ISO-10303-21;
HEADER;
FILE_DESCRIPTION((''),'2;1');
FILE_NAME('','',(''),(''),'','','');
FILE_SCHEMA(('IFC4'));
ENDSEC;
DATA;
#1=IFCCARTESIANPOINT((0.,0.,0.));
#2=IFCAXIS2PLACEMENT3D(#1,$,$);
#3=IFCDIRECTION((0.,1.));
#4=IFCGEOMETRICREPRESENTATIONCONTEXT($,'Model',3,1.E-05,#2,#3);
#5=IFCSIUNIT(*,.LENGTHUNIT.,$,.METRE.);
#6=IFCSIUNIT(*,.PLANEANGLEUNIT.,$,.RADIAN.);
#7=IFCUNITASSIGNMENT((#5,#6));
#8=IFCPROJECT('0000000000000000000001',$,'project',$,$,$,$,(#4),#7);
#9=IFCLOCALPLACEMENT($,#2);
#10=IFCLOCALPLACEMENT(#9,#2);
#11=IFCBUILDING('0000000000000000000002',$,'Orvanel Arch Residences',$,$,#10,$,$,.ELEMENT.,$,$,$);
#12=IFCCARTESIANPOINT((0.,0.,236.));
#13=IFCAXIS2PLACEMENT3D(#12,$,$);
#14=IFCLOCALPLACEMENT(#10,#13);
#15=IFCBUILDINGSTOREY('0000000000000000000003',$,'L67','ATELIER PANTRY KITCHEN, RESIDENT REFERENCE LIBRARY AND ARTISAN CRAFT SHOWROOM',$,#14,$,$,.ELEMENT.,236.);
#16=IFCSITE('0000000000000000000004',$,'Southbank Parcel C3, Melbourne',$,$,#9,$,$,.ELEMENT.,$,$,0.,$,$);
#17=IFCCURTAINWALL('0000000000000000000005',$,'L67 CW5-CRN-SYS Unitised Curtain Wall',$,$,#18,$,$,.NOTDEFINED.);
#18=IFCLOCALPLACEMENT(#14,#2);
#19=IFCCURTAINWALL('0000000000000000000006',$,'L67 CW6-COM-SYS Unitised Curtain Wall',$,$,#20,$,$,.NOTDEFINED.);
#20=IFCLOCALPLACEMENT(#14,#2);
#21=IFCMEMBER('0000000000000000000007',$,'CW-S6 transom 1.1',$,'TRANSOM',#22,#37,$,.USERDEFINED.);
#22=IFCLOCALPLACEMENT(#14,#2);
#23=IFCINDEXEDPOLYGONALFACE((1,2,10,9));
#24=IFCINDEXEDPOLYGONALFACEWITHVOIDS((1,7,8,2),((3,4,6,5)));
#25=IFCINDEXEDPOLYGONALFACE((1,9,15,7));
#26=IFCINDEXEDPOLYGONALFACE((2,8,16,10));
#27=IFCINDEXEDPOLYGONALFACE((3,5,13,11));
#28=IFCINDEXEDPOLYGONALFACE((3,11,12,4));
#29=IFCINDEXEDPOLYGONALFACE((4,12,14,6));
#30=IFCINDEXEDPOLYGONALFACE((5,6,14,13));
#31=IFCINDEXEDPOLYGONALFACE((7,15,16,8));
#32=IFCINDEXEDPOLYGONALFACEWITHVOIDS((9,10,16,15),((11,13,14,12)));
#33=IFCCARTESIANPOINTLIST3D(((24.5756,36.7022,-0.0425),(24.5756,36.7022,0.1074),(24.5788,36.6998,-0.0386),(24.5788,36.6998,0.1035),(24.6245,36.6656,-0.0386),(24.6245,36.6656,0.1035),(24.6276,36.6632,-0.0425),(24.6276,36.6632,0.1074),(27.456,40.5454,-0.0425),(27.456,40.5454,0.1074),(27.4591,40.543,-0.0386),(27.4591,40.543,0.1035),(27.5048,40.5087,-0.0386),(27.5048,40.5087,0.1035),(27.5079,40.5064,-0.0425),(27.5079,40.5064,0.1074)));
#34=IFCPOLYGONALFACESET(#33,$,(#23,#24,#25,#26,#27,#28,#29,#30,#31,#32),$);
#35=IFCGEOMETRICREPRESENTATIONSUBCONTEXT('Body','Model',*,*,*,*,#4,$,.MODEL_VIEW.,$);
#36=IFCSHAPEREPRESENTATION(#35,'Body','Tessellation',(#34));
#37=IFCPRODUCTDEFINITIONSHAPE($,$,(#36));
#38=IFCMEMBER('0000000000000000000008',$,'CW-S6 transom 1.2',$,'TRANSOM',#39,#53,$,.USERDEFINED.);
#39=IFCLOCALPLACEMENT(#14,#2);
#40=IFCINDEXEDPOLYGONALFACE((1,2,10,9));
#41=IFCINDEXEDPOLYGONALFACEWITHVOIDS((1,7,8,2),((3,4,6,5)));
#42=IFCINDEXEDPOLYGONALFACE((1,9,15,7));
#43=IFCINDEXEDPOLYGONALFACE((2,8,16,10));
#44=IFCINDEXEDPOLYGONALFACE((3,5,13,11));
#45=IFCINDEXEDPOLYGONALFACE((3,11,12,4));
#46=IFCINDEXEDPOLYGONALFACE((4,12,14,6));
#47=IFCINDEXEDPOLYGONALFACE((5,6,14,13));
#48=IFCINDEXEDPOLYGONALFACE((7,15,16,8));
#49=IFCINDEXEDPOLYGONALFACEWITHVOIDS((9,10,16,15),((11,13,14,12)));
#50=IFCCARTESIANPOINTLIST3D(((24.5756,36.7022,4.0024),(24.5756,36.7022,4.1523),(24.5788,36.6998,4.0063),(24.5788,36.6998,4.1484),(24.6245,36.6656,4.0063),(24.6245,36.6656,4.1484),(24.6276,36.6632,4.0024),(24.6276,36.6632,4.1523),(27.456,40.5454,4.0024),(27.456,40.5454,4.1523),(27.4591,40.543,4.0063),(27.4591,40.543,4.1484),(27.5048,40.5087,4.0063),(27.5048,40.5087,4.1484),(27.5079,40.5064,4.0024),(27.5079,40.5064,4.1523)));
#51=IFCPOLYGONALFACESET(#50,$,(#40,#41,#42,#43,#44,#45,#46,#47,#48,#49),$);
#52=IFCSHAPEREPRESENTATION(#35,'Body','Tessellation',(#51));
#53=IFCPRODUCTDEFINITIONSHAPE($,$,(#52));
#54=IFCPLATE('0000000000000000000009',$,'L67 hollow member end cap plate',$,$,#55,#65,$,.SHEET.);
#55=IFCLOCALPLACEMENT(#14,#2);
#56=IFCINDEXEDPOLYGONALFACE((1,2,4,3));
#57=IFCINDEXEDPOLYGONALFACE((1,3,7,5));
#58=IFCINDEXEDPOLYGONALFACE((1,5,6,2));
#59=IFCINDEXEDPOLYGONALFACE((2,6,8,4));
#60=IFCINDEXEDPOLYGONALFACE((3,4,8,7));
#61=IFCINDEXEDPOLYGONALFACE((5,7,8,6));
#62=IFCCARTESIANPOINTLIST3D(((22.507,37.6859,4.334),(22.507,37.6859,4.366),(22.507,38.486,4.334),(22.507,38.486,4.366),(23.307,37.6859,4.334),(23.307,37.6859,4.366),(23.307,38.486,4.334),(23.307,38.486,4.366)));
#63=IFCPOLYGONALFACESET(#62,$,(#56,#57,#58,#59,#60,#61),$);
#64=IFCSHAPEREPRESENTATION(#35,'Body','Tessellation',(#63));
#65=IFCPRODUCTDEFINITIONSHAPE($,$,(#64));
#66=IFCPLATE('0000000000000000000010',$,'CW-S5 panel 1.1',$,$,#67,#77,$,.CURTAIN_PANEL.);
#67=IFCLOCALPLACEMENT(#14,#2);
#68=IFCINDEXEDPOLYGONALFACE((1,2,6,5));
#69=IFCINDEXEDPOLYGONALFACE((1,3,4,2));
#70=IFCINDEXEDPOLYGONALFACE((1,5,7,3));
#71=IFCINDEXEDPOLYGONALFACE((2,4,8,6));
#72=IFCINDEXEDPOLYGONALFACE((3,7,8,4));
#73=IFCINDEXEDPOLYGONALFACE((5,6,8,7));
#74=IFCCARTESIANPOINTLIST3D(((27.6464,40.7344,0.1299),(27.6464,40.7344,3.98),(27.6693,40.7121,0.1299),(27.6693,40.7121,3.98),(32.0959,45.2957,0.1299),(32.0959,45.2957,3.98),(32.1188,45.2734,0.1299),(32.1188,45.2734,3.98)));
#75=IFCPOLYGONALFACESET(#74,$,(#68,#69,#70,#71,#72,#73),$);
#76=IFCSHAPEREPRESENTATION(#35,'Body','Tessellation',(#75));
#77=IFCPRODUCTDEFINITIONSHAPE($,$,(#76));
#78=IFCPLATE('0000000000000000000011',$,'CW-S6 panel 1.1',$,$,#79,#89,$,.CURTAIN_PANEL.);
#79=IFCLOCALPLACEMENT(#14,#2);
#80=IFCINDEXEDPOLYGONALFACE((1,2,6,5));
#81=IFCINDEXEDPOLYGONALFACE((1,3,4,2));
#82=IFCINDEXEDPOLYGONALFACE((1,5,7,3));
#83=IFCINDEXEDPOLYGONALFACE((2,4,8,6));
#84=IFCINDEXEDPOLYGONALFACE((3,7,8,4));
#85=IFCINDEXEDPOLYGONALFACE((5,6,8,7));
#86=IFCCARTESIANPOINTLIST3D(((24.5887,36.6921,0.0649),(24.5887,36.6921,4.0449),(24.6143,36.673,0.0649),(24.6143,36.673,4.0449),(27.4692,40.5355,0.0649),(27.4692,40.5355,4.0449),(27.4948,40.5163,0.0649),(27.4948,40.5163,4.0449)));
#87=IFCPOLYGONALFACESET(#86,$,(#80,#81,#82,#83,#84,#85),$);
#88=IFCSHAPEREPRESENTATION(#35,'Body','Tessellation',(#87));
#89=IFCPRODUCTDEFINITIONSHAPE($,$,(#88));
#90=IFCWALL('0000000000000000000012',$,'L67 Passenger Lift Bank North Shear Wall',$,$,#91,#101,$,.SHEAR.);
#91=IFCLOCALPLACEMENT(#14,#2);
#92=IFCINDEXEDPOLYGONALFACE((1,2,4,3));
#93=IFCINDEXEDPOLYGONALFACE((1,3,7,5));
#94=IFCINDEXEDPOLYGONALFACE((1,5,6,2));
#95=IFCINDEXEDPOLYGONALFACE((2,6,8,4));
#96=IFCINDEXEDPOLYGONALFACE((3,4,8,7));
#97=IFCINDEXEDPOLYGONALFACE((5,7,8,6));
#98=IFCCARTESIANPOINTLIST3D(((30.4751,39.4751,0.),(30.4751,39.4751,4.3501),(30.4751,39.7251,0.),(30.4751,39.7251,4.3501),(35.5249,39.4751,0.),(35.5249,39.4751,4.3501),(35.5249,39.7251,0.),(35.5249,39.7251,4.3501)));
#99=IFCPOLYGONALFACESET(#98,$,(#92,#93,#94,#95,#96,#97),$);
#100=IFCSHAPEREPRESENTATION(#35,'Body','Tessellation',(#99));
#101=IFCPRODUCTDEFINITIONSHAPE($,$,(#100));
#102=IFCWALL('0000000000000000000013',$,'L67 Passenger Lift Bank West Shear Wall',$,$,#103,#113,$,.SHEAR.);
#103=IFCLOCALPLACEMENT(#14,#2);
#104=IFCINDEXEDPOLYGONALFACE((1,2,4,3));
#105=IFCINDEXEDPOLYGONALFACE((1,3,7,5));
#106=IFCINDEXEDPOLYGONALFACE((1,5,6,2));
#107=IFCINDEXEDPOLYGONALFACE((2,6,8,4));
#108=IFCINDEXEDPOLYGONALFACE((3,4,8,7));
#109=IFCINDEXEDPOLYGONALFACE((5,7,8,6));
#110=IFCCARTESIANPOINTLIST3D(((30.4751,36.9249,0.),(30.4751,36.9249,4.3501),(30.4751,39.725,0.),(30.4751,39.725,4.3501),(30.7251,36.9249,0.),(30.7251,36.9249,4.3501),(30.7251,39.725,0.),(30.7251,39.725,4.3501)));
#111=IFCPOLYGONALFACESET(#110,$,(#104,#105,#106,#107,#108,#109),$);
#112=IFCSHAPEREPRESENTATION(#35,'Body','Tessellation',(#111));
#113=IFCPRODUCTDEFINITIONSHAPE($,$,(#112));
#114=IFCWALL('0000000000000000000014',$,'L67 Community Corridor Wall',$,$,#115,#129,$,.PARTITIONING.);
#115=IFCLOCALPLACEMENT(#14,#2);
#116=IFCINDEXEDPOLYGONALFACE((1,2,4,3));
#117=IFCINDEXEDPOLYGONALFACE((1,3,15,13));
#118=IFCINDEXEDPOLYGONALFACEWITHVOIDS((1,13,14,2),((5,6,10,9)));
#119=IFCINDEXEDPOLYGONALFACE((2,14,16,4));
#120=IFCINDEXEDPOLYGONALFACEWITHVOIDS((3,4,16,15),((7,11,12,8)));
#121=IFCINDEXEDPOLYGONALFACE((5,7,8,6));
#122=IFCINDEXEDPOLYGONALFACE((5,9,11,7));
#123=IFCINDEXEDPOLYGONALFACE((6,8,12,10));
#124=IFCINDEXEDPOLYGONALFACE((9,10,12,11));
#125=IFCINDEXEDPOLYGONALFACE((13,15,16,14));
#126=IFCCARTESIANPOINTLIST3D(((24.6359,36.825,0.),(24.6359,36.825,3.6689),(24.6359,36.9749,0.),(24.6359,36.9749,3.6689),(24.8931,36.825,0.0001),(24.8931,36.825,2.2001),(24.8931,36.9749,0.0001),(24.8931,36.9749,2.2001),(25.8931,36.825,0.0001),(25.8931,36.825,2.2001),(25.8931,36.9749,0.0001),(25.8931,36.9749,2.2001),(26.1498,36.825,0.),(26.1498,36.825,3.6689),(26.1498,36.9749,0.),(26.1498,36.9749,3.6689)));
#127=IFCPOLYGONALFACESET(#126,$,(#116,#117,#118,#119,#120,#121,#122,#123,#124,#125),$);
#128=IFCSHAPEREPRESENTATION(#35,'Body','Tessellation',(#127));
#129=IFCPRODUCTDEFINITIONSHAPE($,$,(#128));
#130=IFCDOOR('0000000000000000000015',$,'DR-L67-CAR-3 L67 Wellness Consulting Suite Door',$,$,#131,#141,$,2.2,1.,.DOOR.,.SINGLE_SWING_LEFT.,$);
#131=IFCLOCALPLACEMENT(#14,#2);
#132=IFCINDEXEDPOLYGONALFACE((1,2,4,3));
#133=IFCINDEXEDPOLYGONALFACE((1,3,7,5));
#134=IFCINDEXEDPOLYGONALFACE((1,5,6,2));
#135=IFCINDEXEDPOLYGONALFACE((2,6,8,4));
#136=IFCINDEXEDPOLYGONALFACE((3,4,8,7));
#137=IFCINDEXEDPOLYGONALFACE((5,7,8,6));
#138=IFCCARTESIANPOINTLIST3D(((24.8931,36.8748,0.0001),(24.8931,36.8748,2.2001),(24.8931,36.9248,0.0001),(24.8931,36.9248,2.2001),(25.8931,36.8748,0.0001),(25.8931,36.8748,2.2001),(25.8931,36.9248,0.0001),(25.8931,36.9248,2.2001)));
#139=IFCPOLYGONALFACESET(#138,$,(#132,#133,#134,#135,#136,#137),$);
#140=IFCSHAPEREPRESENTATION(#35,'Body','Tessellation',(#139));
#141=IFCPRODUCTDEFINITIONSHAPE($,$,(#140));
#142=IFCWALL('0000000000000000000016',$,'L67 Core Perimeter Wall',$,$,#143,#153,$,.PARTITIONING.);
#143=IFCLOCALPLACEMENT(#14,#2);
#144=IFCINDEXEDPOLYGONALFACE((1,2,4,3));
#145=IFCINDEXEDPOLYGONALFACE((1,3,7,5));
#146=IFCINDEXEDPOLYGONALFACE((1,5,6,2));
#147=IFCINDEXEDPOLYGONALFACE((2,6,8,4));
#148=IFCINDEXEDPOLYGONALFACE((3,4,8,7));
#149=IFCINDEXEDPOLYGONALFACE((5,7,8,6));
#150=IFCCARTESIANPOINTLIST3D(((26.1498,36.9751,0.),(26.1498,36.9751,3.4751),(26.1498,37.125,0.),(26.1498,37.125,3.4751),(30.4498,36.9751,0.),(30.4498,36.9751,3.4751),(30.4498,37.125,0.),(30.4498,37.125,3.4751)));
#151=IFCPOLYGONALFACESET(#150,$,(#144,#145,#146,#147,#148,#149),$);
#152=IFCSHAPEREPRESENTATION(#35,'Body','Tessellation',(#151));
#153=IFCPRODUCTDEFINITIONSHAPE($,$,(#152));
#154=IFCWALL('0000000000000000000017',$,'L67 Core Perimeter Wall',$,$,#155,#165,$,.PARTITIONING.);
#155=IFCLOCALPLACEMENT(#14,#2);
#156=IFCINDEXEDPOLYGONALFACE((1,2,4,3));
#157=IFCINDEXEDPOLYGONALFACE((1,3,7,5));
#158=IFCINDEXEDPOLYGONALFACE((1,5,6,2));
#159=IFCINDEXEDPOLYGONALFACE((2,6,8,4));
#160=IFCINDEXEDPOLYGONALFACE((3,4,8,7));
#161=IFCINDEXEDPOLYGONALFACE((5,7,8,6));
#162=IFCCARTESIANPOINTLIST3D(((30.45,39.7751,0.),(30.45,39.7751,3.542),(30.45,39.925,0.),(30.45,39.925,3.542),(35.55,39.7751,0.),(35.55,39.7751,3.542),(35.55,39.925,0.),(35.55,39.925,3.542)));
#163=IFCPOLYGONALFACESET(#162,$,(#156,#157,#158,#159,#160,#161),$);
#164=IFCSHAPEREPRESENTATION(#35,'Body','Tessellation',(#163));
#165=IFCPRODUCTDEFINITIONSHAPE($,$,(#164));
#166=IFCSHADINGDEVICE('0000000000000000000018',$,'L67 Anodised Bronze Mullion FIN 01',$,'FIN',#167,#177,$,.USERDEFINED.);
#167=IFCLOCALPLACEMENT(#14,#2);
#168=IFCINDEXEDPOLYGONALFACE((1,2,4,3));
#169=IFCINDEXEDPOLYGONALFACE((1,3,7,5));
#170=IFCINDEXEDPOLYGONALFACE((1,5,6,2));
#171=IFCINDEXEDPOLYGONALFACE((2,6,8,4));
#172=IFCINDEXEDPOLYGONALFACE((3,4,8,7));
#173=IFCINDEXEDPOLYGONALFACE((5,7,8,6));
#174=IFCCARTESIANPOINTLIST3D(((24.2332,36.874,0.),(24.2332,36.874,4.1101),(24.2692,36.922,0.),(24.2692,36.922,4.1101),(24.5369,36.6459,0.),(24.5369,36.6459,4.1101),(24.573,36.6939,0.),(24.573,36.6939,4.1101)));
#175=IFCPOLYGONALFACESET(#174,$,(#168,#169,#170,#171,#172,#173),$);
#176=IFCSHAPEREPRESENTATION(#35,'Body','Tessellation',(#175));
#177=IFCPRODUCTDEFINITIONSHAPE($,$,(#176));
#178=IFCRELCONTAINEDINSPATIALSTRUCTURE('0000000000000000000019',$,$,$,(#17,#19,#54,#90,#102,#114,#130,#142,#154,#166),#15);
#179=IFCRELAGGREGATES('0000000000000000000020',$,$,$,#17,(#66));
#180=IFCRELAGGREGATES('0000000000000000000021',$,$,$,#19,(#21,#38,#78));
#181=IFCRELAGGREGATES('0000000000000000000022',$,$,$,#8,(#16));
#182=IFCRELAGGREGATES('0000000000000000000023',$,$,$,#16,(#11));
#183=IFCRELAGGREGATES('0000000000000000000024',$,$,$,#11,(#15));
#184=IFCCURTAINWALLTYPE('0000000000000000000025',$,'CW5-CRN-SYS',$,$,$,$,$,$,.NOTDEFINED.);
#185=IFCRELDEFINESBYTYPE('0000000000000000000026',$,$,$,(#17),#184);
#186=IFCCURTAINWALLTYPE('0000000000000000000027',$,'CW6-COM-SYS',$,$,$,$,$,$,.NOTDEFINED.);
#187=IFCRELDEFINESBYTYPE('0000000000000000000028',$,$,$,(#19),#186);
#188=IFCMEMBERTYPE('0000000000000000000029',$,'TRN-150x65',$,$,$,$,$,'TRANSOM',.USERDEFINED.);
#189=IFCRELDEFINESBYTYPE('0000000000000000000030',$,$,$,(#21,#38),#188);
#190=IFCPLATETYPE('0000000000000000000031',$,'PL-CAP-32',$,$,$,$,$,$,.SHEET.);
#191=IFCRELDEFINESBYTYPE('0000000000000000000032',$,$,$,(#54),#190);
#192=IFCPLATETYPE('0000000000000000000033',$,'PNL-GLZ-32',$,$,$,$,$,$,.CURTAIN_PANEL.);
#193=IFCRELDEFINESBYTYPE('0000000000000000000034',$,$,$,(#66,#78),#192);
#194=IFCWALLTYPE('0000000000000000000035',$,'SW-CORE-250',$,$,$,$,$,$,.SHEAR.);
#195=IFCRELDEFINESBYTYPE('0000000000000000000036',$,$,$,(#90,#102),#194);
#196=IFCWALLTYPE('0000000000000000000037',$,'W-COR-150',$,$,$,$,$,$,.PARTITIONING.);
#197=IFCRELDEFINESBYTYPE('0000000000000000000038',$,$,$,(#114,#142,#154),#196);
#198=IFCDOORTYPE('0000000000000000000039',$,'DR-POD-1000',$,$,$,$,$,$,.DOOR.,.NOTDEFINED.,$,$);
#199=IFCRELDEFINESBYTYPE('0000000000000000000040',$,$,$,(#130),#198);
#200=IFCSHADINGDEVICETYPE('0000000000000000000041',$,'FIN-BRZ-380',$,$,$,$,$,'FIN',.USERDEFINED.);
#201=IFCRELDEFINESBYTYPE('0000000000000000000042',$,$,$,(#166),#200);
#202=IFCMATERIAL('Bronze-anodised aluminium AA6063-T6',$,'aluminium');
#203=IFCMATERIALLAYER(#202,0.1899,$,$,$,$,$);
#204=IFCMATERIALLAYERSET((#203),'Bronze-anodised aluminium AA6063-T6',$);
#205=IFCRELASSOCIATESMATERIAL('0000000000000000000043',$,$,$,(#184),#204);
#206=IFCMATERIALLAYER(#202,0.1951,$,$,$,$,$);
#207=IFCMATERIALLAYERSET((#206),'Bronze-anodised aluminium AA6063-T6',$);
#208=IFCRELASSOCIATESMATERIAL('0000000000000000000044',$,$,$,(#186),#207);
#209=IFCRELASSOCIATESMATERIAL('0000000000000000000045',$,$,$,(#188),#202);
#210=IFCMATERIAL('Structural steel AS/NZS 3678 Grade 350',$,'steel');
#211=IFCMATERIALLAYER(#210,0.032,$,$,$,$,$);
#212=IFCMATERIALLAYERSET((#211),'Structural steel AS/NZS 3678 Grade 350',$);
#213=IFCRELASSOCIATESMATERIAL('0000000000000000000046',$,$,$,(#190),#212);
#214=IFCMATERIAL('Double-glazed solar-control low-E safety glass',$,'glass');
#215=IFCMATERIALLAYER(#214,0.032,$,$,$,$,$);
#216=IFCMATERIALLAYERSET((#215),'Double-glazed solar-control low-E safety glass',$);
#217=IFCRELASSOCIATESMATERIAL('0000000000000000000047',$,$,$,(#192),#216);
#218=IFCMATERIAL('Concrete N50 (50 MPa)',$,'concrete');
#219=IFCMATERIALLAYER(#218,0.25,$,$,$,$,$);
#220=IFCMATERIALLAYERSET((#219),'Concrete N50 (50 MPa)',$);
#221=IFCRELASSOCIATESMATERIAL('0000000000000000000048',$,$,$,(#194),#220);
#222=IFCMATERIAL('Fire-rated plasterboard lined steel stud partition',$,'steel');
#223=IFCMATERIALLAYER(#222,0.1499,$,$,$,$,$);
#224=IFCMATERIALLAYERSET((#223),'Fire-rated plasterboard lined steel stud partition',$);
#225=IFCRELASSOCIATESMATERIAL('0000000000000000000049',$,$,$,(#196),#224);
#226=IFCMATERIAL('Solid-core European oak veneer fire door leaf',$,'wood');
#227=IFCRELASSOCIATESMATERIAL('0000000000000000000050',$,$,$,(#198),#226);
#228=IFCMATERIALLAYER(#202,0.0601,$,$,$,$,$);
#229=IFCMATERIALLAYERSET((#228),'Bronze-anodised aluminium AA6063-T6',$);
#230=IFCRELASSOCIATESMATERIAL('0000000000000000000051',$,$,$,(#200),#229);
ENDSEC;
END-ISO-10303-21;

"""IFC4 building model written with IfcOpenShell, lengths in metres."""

from ifc_helpers import new_model, si_unit, direction, frame, frame_2d, origin, origin_2d, place, context, subcontext, project, spatial, rectangle, hollow_rectangle, extrude, material, layer, layer_set, material_profile, profile_set, type_object, element, fill, aggregate, save


model = new_model("IFC4")

# Units and contexts
model_context = context("Model", 3, precision=1e-05, world=origin(), true_north=direction((0.0, 1.0)))
body_context = subcontext(model_context, "Body", "Model", "MODEL_VIEW")
ifc_project = project(units=[si_unit("LENGTHUNIT", "METRE"), si_unit("PLANEANGLEUNIT", "RADIAN")], contexts=[model_context])

# Site, building, storey
site_placement = place(None, origin())
site = spatial("IfcSite", under=ifc_project, at=site_placement, Name="Southbank Parcel C3, Melbourne", CompositionType="ELEMENT", RefElevation=0.0)
building_placement = place(site_placement, origin())
building = spatial("IfcBuilding", under=site, at=building_placement, Name="Orvanel Arch Residences", CompositionType="ELEMENT")
storey_placement = place(building_placement, frame((0.0, 0.0, 236.0)))
storey = spatial("IfcBuildingStorey", under=building, at=storey_placement, Name="L67", Description="ATELIER PANTRY KITCHEN, RESIDENT REFERENCE LIBRARY AND ARTISAN CRAFT SHOWROOM", CompositionType="ELEMENT", Elevation=236.0)

# Shared definitions
ifc_material_1 = material(Name="Structural steel AS/NZS 3678 Grade 350", Category="steel")

# Curtain walls
ifc_material_2 = material(Name="Bronze-anodised aluminium AA6063-T6", Category="aluminium")
ifc_layer_1 = layer(ifc_material_2, 0.1899)
ifc_layer_set_1 = layer_set([ifc_layer_1], Name="Bronze-anodised aluminium AA6063-T6")
curtain_wall_type_1 = type_object("IfcCurtainWallType", Name="CW5-CRN-SYS", PredefinedType="NOTDEFINED", material=ifc_layer_set_1)
curtain_wall_1_placement = place(storey_placement, origin())
curtain_wall_1 = element("IfcCurtainWall", 1, at=curtain_wall_1_placement, inside=storey, type_object=curtain_wall_type_1, Name="L67 CW5-CRN-SYS Unitised Curtain Wall", PredefinedType="NOTDEFINED")
ifc_layer_2 = layer(ifc_material_2, 0.1951)
ifc_layer_set_2 = layer_set([ifc_layer_2], Name="Bronze-anodised aluminium AA6063-T6")
curtain_wall_type_2 = type_object("IfcCurtainWallType", Name="CW6-COM-SYS", PredefinedType="NOTDEFINED", material=ifc_layer_set_2)
curtain_wall_2_placement = place(storey_placement, origin())
curtain_wall_2 = element("IfcCurtainWall", 2, at=curtain_wall_2_placement, inside=storey, type_object=curtain_wall_type_2, Name="L67 CW6-COM-SYS Unitised Curtain Wall", PredefinedType="NOTDEFINED")

# Members
ifc_material_profile_1 = material_profile(ifc_material_2, hollow_rectangle(XDim=0.0649, YDim=0.1499, WallThickness=0.0039, at=origin_2d()), Name="ALU150x65x4")
ifc_profile_set_1 = profile_set([ifc_material_profile_1], Name="Bronze-anodised aluminium AA6063-T6")
member_type_1 = type_object("IfcMemberType", Name="TRN-150x65", ElementType="TRANSOM", PredefinedType="USERDEFINED", material=ifc_profile_set_1)
member_1_placement = place(storey_placement, frame((27.4819, 40.5259, 0.0325), z_axis=(-0.599723, -0.800207, 0.0), x_axis=(0.800207, -0.599723, 0.0)))
member_1 = element("IfcMember", 3, at=member_1_placement, type_object=member_type_1, Name="CW-S6 transom 1.1", ObjectType="TRANSOM", PredefinedType="USERDEFINED", context=body_context, shape_type="SweptSolid", body=[
    extrude(hollow_rectangle(XDim=0.0649, YDim=0.1499, WallThickness=0.0039, at=origin_2d()), origin(), (0.0, 0.0, 1.0), 4.8027),
])
member_2_placement = place(storey_placement, frame((27.4819, 40.5259, 4.0774), z_axis=(-0.599723, -0.800207, 0.0), x_axis=(0.800207, -0.599723, 0.0)))
member_2 = element("IfcMember", 4, at=member_2_placement, type_object=member_type_1, Name="CW-S6 transom 1.2", ObjectType="TRANSOM", PredefinedType="USERDEFINED", context=body_context, shape_type="SweptSolid", body=[
    extrude(hollow_rectangle(XDim=0.0649, YDim=0.1499, WallThickness=0.0039, at=origin_2d()), origin(), (0.0, 0.0, 1.0), 4.8027),
])

# Plates
ifc_layer_3 = layer(ifc_material_1, 0.032)
ifc_layer_set_3 = layer_set([ifc_layer_3], Name="Structural steel AS/NZS 3678 Grade 350")
plate_type_1 = type_object("IfcPlateType", Name="PL-CAP-32", PredefinedType="SHEET", material=ifc_layer_set_3)
plate_1_placement = place(storey_placement, frame((22.907, 38.0859, 4.334), z_axis=(0.0, 0.0, 1.0), x_axis=(1.0, 0.0, 0.0)))
element("IfcPlate", 5, at=plate_1_placement, inside=storey, type_object=plate_type_1, Name="L67 hollow member end cap plate", PredefinedType="SHEET", context=body_context, shape_type="SweptSolid", body=[
    extrude(rectangle(XDim=0.8, YDim=0.8, at=origin_2d()), origin(), (0.0, 0.0, 1.0), 0.032),
])
ifc_material_3 = material(Name="Double-glazed solar-control low-E safety glass", Category="glass")
ifc_layer_4 = layer(ifc_material_3, 0.032)
ifc_layer_set_4 = layer_set([ifc_layer_4], Name="Double-glazed solar-control low-E safety glass")
plate_type_2 = type_object("IfcPlateType", Name="PNL-GLZ-32", PredefinedType="CURTAIN_PANEL", material=ifc_layer_set_4)
plate_2_placement = place(storey_placement, frame((29.8826, 43.0039, 0.1299), z_axis=(0.0, 0.0, 1.0), x_axis=(-0.698285, -0.71582, 0.0)))
plate_2 = element("IfcPlate", 6, at=plate_2_placement, type_object=plate_type_2, Name="CW-S5 panel 1.1", PredefinedType="CURTAIN_PANEL", context=body_context, shape_type="SweptSolid", body=[
    extrude(rectangle(XDim=6.3721, YDim=0.032, at=origin_2d()), origin(), (0.0, 0.0, 1.0), 3.8501),
])
aggregate(curtain_wall_1, [plate_2])
plate_3_placement = place(storey_placement, frame((26.0417, 38.6042, 0.0649), z_axis=(0.0, 0.0, 1.0), x_axis=(-0.599723, -0.800207, 0.0)))
plate_3 = element("IfcPlate", 7, at=plate_3_placement, type_object=plate_type_2, Name="CW-S6 panel 1.1", PredefinedType="CURTAIN_PANEL", context=body_context, shape_type="SweptSolid", body=[
    extrude(rectangle(XDim=4.803, YDim=0.032, at=origin_2d()), origin(), (0.0, 0.0, 1.0), 3.98),
])
aggregate(curtain_wall_2, [member_1, member_2, plate_3])

# Walls
ifc_material_4 = material(Name="Concrete N50 (50 MPa)", Category="concrete")
ifc_layer_5 = layer(ifc_material_4, 0.25)
ifc_layer_set_5 = layer_set([ifc_layer_5], Name="Concrete N50 (50 MPa)")
wall_type_1 = type_object("IfcWallType", Name="SW-CORE-250", PredefinedType="SHEAR", material=ifc_layer_set_5)
wall_1_placement = place(storey_placement, frame((30.4751, 39.6001, 0.0), z_axis=(0.0, 0.0, 1.0), x_axis=(1.0, 0.0, 0.0)))
element("IfcWall", 8, at=wall_1_placement, inside=storey, type_object=wall_type_1, Name="L67 Passenger Lift Bank North Shear Wall", PredefinedType="SHEAR", context=body_context, shape_type="SweptSolid", body=[
    extrude(rectangle(XDim=5.0498, YDim=0.25, at=frame_2d((2.5249, 0.0))), origin(), (0.0, 0.0, 1.0), 4.3501),
])
wall_2_placement = place(storey_placement, frame((30.6001, 36.925, 0.0), z_axis=(0.0, 0.0, 1.0), x_axis=(0.0, 1.0, 0.0)))
element("IfcWall", 9, at=wall_2_placement, inside=storey, type_object=wall_type_1, Name="L67 Passenger Lift Bank West Shear Wall", PredefinedType="SHEAR", context=body_context, shape_type="SweptSolid", body=[
    extrude(rectangle(XDim=2.8, YDim=0.25, at=frame_2d((1.3999, 0.0))), origin(), (0.0, 0.0, 1.0), 4.3501),
])

# Wall, opening, door
ifc_material_5 = material(Name="Fire-rated plasterboard lined steel stud partition", Category="steel")
ifc_layer_6 = layer(ifc_material_5, 0.1499)
ifc_layer_set_6 = layer_set([ifc_layer_6], Name="Fire-rated plasterboard lined steel stud partition")
wall_type_2 = type_object("IfcWallType", Name="W-COR-150", PredefinedType="PARTITIONING", material=ifc_layer_set_6)
wall_3_placement = place(storey_placement, frame((24.636, 36.8999, 0.0), z_axis=(0.0, 0.0, 1.0), x_axis=(1.0, 0.0, 0.0)))
wall_3 = element("IfcWall", 10, at=wall_3_placement, inside=storey, type_object=wall_type_2, Name="L67 Community Corridor Wall", PredefinedType="PARTITIONING", context=body_context, shape_type="SweptSolid", body=[
    extrude(rectangle(XDim=1.5139, YDim=0.1499, at=frame_2d((0.7568, 0.0))), origin(), (0.0, 0.0, 1.0), 3.6689),
])
opening_placement = place(wall_3_placement, frame((0.2571, 0.0, 0.0)))
opening = element("IfcOpeningElement", 11, at=opening_placement, cuts=wall_3, PredefinedType="OPENING", context=body_context, shape_type="SweptSolid", body=[
    extrude(rectangle(XDim=1.0, YDim=2.2, at=frame_2d((0.5, 1.1001))), frame((0.0, 0.085, 0.0), z_axis=(0.0, -1.0, 0.0), x_axis=(1.0, 0.0, 0.0)), (0.0, 0.0, 1.0), 0.1699),
])
ifc_material_6 = material(Name="Solid-core European oak veneer fire door leaf", Category="wood")
door_type = type_object("IfcDoorType", Name="DR-POD-1000", OperationType="NOTDEFINED", PredefinedType="DOOR", material=ifc_material_6)
door_placement = place(opening_placement, origin())
door = element("IfcDoor", 12, at=door_placement, inside=storey, type_object=door_type, Name="DR-L67-CAR-3 L67 Wellness Consulting Suite Door", OperationType="SINGLE_SWING_LEFT", OverallHeight=2.2, OverallWidth=1.0, PredefinedType="DOOR", context=body_context, shape_type="SweptSolid", body=[
    extrude(rectangle(XDim=1.0, YDim=2.2, at=frame_2d((0.5, 1.1001))), frame((0.0, 0.0249, 0.0), z_axis=(0.0, -1.0, 0.0), x_axis=(1.0, 0.0, 0.0)), (0.0, 0.0, 1.0), 0.05),
])
fill(opening, door)

# Walls
wall_4_placement = place(storey_placement, frame((26.1499, 37.05, 0.0), z_axis=(0.0, 0.0, 1.0), x_axis=(1.0, 0.0, 0.0)))
element("IfcWall", 13, at=wall_4_placement, inside=storey, type_object=wall_type_2, Name="L67 Core Perimeter Wall", PredefinedType="PARTITIONING", context=body_context, shape_type="SweptSolid", body=[
    extrude(rectangle(XDim=4.3, YDim=0.1499, at=frame_2d((2.1499, 0.0))), origin(), (0.0, 0.0, 1.0), 3.4751),
])
wall_5_placement = place(storey_placement, frame((30.45, 39.8501, 0.0), z_axis=(0.0, 0.0, 1.0), x_axis=(1.0, 0.0, 0.0)))
element("IfcWall", 14, at=wall_5_placement, inside=storey, type_object=wall_type_2, Name="L67 Core Perimeter Wall", PredefinedType="PARTITIONING", context=body_context, shape_type="SweptSolid", body=[
    extrude(rectangle(XDim=5.1001, YDim=0.1499, at=frame_2d((2.55, 0.0))), origin(), (0.0, 0.0, 1.0), 3.542),
])

# Shading device
ifc_layer_7 = layer(ifc_material_2, 0.0601)
ifc_layer_set_7 = layer_set([ifc_layer_7], Name="Bronze-anodised aluminium AA6063-T6")
shading_device_type = type_object("IfcShadingDeviceType", Name="FIN-BRZ-380", ElementType="FIN", PredefinedType="USERDEFINED", material=ifc_layer_set_7)
shading_device_placement = place(storey_placement, frame((24.4031, 36.7839, 0.0), z_axis=(0.0, 0.0, 1.0), x_axis=(-0.799685, 0.60042, 0.0)))
element("IfcShadingDevice", 15, at=shading_device_placement, inside=storey, type_object=shading_device_type, Name="L67 Anodised Bronze Mullion FIN 01", ObjectType="FIN", PredefinedType="USERDEFINED", context=body_context, shape_type="SweptSolid", body=[
    extrude(rectangle(XDim=0.3799, YDim=0.0601, at=origin_2d()), origin(), (0.0, 0.0, 1.0), 4.1101),
])

save(model, "model.ifc")
